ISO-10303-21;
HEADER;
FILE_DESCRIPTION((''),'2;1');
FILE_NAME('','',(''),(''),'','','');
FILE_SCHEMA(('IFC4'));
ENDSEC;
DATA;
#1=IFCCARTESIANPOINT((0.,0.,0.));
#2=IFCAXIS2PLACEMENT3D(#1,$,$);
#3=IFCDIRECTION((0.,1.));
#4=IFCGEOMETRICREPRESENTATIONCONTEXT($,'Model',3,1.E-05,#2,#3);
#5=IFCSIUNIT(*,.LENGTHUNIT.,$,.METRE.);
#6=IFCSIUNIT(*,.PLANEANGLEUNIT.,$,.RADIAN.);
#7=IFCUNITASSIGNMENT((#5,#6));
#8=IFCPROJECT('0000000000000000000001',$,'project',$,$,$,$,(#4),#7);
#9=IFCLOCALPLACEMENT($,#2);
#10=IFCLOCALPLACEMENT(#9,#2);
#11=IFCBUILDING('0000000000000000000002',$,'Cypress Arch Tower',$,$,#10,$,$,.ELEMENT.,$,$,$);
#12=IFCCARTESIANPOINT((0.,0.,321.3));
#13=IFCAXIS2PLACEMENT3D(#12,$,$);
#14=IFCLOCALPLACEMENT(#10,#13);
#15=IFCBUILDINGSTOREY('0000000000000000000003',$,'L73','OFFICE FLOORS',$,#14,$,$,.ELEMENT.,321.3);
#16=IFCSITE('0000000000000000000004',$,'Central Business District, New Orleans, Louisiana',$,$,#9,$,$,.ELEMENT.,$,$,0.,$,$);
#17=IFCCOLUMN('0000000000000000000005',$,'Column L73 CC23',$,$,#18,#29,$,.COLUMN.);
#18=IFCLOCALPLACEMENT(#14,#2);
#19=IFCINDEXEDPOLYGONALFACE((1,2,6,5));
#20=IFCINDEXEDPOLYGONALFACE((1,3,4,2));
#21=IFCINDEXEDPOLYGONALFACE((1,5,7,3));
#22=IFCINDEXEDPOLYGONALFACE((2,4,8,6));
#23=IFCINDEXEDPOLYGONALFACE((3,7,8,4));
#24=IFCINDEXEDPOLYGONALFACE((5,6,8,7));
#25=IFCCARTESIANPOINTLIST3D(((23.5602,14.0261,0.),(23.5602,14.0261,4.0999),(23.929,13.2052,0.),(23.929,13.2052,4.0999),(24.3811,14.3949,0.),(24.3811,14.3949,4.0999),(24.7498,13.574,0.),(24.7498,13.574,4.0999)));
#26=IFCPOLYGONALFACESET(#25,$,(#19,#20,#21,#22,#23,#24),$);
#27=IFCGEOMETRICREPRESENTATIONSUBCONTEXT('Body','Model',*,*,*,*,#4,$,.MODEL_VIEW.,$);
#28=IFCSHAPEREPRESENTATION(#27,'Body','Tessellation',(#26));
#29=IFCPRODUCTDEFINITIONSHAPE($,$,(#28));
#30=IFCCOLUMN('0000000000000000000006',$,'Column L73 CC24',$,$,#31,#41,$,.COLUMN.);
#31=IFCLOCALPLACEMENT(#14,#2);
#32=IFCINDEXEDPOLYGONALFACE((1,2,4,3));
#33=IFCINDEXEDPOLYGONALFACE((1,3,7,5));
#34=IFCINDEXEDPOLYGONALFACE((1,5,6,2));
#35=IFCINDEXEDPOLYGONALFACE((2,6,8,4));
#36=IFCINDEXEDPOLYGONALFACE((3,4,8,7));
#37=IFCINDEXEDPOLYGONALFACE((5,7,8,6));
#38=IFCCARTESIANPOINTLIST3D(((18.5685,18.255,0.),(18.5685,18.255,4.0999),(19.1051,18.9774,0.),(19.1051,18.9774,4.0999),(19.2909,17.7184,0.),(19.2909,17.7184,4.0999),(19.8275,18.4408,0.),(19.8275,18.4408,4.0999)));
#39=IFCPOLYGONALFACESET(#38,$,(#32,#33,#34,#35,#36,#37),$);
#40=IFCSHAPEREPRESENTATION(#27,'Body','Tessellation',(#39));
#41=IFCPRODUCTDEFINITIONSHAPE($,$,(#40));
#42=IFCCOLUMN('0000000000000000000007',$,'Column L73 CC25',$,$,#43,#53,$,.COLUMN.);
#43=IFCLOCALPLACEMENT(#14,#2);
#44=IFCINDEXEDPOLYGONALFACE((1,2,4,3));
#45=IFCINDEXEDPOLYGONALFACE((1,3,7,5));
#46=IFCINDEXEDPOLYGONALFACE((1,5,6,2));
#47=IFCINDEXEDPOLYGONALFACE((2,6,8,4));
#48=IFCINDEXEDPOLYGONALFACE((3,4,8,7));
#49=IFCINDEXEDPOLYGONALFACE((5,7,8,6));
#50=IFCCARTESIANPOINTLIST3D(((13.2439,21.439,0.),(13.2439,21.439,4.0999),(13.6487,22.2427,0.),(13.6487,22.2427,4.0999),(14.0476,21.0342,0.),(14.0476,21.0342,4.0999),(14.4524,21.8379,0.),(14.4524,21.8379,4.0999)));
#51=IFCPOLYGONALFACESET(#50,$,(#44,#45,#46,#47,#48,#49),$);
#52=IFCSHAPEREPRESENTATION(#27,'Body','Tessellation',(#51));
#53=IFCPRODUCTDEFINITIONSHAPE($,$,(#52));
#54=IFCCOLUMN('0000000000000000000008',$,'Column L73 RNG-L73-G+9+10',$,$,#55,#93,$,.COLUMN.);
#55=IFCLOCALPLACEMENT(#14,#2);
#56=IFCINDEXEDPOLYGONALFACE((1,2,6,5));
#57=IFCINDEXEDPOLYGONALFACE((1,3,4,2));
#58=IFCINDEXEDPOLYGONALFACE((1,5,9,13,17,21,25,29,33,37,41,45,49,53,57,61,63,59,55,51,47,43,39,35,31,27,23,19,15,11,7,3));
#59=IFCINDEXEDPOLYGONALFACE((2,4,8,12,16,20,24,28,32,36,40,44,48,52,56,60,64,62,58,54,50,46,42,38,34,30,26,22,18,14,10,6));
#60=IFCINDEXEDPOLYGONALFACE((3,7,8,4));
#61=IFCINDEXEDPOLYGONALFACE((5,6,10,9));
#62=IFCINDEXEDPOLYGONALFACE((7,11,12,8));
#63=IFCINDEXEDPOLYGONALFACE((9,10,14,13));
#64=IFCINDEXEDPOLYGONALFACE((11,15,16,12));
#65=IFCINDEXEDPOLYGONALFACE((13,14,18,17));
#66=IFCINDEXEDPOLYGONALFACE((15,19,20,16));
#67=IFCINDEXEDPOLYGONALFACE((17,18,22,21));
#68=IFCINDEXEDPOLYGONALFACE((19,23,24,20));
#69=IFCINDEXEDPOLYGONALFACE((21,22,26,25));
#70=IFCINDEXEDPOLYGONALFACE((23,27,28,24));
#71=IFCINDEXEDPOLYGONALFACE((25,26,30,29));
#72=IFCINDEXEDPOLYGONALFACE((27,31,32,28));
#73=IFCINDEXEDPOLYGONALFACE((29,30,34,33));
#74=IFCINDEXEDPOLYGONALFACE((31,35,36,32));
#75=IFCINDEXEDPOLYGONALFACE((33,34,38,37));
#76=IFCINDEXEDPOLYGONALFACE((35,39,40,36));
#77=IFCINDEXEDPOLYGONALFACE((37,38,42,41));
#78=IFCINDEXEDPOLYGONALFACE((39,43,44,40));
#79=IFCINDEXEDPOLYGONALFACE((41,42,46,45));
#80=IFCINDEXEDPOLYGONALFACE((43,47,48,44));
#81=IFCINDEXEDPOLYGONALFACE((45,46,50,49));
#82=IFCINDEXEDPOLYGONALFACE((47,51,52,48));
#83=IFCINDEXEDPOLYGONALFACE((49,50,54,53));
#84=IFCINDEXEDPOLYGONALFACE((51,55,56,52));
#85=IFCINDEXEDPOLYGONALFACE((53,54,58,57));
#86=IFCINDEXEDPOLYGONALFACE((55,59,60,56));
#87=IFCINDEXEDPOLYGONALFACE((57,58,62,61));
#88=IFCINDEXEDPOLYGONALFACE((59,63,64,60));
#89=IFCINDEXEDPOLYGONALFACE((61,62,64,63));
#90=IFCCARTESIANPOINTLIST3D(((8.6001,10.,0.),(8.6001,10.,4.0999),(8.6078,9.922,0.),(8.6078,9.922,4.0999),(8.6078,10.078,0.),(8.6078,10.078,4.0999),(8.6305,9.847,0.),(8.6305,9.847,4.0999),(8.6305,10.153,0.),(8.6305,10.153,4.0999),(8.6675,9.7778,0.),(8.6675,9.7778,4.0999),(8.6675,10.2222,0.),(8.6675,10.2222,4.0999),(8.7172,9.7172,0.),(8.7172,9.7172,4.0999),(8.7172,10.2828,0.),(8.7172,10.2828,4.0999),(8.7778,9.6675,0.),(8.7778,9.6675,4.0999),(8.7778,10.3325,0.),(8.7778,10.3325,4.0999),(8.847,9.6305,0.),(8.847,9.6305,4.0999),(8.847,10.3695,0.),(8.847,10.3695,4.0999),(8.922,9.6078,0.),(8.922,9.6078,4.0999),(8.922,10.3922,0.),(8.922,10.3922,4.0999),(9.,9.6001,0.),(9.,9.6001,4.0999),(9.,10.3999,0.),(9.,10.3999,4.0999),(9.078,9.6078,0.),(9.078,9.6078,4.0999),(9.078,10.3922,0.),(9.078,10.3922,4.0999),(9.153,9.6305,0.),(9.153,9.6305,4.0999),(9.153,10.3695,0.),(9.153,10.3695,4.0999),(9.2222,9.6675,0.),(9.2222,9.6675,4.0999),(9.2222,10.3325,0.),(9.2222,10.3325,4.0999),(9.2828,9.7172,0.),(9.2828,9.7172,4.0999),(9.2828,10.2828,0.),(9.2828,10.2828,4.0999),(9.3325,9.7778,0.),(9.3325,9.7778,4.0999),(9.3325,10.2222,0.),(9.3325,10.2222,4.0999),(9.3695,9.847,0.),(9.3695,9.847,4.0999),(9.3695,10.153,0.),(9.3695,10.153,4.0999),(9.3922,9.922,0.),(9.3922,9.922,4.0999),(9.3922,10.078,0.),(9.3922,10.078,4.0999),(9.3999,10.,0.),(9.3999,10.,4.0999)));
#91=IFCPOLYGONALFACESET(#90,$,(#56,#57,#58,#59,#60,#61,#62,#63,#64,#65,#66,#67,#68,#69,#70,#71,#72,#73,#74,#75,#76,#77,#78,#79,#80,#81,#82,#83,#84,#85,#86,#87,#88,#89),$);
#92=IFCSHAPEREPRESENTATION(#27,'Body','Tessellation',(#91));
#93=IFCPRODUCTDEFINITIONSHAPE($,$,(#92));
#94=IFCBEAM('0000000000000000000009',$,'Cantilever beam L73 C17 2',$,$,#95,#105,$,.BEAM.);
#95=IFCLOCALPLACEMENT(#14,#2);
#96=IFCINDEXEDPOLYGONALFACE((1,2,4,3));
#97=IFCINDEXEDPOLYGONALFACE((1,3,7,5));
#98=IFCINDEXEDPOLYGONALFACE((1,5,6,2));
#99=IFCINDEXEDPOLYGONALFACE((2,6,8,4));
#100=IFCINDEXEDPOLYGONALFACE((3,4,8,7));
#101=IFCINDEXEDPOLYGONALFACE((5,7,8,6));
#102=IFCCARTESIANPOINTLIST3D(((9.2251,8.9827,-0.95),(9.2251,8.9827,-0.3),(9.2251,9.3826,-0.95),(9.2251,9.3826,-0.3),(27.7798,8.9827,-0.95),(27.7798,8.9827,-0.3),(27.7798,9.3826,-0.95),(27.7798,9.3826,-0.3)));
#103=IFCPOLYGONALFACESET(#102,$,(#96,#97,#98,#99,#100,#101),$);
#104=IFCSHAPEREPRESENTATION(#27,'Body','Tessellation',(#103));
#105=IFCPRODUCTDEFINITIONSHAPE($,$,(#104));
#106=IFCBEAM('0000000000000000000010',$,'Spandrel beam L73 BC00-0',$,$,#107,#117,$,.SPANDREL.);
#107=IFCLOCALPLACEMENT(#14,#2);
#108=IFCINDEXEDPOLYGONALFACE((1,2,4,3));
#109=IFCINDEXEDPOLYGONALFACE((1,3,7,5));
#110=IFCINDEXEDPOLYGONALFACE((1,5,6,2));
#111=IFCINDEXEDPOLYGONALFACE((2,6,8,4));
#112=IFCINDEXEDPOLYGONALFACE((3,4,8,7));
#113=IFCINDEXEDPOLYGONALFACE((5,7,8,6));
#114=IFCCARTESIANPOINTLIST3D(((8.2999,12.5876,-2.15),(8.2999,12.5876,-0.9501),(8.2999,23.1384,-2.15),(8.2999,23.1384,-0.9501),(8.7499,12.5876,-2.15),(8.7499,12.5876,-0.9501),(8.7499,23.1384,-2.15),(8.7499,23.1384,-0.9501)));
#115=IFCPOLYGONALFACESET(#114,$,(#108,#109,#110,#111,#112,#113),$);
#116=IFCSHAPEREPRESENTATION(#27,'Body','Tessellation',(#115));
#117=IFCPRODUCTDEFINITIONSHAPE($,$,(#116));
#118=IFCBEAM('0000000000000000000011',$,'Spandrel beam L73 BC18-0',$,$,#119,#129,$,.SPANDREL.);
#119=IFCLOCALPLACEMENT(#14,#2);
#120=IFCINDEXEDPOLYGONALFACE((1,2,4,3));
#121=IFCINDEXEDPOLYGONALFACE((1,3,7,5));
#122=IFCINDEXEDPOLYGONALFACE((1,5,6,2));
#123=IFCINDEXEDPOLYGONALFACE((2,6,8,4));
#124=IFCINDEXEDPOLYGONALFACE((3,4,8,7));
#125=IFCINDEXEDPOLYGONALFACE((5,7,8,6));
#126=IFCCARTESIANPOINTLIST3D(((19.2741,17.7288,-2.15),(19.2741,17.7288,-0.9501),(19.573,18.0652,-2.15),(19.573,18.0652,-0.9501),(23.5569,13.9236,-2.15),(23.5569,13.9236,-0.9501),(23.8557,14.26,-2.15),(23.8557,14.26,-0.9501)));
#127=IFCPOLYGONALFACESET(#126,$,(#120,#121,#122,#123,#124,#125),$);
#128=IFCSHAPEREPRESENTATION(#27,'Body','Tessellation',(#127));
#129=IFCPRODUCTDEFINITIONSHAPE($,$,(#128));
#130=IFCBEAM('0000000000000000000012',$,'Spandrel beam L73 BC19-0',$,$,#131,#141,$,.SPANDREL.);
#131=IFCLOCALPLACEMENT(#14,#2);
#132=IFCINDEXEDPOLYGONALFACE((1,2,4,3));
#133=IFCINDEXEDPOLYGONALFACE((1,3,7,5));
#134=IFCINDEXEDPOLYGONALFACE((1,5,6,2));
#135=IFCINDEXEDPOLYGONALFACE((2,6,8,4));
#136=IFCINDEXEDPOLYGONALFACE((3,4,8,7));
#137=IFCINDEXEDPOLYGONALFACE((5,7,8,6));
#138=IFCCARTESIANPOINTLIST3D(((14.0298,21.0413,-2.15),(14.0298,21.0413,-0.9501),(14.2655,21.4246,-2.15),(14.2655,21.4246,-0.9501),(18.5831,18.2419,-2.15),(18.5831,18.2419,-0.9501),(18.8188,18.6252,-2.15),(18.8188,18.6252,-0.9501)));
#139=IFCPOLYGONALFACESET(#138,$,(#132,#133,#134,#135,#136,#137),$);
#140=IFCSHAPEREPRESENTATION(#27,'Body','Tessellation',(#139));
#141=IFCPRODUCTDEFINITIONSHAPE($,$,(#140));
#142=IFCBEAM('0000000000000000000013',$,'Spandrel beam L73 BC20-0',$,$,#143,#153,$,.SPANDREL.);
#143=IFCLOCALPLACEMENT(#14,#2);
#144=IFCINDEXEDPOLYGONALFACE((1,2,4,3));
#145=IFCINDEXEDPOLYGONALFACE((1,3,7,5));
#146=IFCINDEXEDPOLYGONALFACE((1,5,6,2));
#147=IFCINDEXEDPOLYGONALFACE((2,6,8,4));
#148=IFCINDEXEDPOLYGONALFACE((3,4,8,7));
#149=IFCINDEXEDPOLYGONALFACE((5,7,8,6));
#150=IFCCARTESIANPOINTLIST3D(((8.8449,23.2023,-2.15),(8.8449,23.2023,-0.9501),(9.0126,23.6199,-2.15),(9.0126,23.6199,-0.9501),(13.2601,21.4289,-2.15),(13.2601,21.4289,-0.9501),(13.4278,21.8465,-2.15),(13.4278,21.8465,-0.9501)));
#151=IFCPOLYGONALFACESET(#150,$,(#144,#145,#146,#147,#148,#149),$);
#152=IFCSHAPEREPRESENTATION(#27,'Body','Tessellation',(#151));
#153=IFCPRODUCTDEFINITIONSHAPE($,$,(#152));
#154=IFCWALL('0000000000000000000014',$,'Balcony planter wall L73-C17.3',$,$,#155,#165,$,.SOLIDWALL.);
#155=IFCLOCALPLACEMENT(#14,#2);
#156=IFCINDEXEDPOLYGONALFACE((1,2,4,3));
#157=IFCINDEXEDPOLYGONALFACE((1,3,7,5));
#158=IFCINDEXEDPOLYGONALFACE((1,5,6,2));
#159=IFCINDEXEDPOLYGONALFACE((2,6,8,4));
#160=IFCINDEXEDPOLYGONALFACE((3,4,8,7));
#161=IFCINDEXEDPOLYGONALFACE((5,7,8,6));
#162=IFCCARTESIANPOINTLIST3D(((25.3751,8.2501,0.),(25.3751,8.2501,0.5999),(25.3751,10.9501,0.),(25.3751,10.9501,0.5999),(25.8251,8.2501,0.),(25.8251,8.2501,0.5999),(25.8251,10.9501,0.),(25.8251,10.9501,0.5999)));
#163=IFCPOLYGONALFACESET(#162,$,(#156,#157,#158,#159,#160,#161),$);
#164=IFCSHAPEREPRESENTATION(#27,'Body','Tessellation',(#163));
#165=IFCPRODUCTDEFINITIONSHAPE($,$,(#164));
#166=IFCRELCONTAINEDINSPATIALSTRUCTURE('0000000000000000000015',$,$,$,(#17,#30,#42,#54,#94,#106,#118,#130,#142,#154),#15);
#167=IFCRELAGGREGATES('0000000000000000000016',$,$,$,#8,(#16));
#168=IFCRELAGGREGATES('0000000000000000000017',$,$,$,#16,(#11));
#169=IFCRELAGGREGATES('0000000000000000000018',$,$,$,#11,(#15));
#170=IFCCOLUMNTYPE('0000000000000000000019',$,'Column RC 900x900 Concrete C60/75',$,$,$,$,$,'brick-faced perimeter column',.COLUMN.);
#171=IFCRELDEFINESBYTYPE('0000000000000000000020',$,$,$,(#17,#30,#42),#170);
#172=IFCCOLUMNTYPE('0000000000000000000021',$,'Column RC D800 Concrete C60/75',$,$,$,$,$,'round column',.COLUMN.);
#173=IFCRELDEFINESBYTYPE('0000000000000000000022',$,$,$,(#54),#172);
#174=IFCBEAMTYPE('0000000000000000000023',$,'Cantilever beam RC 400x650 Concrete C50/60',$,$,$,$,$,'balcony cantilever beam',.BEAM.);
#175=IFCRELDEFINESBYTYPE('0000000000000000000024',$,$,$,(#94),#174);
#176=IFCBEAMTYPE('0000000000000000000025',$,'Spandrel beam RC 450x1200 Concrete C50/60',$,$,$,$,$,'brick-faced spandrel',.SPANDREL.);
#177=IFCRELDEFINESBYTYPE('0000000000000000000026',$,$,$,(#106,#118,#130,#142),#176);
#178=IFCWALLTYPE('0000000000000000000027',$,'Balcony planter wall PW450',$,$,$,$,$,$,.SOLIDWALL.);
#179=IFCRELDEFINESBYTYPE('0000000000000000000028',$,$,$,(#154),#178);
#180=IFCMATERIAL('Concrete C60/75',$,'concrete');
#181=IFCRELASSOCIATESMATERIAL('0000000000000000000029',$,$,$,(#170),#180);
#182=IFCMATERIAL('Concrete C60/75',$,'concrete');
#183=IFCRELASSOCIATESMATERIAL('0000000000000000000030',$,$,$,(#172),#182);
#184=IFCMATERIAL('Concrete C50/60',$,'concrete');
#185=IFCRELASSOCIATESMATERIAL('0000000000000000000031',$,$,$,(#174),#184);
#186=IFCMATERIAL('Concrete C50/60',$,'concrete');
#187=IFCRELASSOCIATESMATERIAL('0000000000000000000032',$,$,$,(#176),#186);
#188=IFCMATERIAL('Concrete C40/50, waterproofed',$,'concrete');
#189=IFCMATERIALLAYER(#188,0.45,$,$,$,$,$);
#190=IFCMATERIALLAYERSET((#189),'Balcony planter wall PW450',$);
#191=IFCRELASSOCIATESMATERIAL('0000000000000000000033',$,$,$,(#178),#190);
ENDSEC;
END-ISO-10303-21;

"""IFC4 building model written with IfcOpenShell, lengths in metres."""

from ifc_helpers import new_model, si_unit, direction, frame, frame_2d, origin, origin_2d, place, context, subcontext, project, spatial, rectangle, circle, extrude, material, layer, layer_set, material_profile, profile_set, type_object, element, save


model = new_model("IFC4")

# Units and contexts
model_context = context("Model", 3, precision=1e-05, world=origin(), true_north=direction((0.0, 1.0)))
body_context = subcontext(model_context, "Body", "Model", "MODEL_VIEW")
ifc_project = project(units=[si_unit("LENGTHUNIT", "METRE"), si_unit("PLANEANGLEUNIT", "RADIAN")], contexts=[model_context])

# Site, building, storey
site_placement = place(None, origin())
site = spatial("IfcSite", under=ifc_project, at=site_placement, Name="Central Business District, New Orleans, Louisiana", CompositionType="ELEMENT", RefElevation=0.0)
building_placement = place(site_placement, origin())
building = spatial("IfcBuilding", under=site, at=building_placement, Name="Cypress Arch Tower", CompositionType="ELEMENT")
storey_placement = place(building_placement, frame((0.0, 0.0, 321.3)))
storey = spatial("IfcBuildingStorey", under=building, at=storey_placement, Name="L73", Description="OFFICE FLOORS", CompositionType="ELEMENT", Elevation=321.3)

# Columns
ifc_material_1 = material(Name="Concrete C60/75", Category="concrete")
ifc_material_profile_1 = material_profile(ifc_material_1, rectangle(XDim=0.8999, YDim=0.8999, at=origin_2d()), Name="RC 900x900")
ifc_profile_set_1 = profile_set([ifc_material_profile_1], Name="Concrete C60/75")
column_type_1 = type_object("IfcColumnType", Name="Column RC 900x900 Concrete C60/75", ElementType="brick-faced perimeter column", PredefinedType="COLUMN", material=ifc_profile_set_1)
for number, where, z_axis, x_axis, name in (
    (1, (24.155, 13.8, 0.0), (0.0, 0.0, 1.0), (-0.409765, 0.912191, 0.0), "Column L73 CC23"),
    (2, (19.198, 18.3479, 0.0), (0.0, 0.0, 1.0), (-0.802799, 0.59625, 0.0), "Column L73 CC24"),
    (3, (13.8481, 21.6384, 0.0), (0.0, 0.0, 1.0), (-0.893106, 0.449845, 0.0), "Column L73 CC25"),
):
    element("IfcColumn", number, at=place(storey_placement, frame(where, z_axis=z_axis, x_axis=x_axis)), inside=storey, type_object=column_type_1, Name=name, PredefinedType="COLUMN", context=body_context, shape_type="SweptSolid", body=[
        extrude(rectangle(XDim=0.8999, YDim=0.8999, at=origin_2d()), origin(), (0.0, 0.0, 1.0), 4.0999),
    ])
ifc_material_2 = material(Name="Concrete C60/75", Category="concrete")
ifc_material_profile_2 = material_profile(ifc_material_2, circle(Radius=0.3999, at=origin_2d()), Name="RC D800")
ifc_profile_set_2 = profile_set([ifc_material_profile_2], Name="Concrete C60/75")
column_type_2 = type_object("IfcColumnType", Name="Column RC D800 Concrete C60/75", ElementType="round column", PredefinedType="COLUMN", material=ifc_profile_set_2)
column_placement = place(storey_placement, frame((9.0, 10.0, 0.0), z_axis=(0.0, 0.0, 1.0), x_axis=(1.0, 0.0, 0.0)))
element("IfcColumn", 4, at=column_placement, inside=storey, type_object=column_type_2, Name="Column L73 RNG-L73-G+9+10", PredefinedType="COLUMN", context=body_context, shape_type="SweptSolid", body=[
    extrude(circle(Radius=0.3999, at=origin_2d()), origin(), (0.0, 0.0, 1.0), 4.0999),
])

# Beams
ifc_material_3 = material(Name="Concrete C50/60", Category="concrete")
ifc_material_profile_3 = material_profile(ifc_material_3, rectangle(XDim=0.3999, YDim=0.6499, at=origin_2d()), Name="RC 400x650")
ifc_profile_set_3 = profile_set([ifc_material_profile_3], Name="Concrete C50/60")
beam_type_1 = type_object("IfcBeamType", Name="Cantilever beam RC 400x650 Concrete C50/60", ElementType="balcony cantilever beam", PredefinedType="BEAM", material=ifc_profile_set_3)
beam_1_placement = place(storey_placement, frame((9.2251, 9.1826, -0.625), z_axis=(1.0, 0.0, 0.0), x_axis=(0.0, 1.0, 0.0)))
element("IfcBeam", 5, at=beam_1_placement, inside=storey, type_object=beam_type_1, Name="Cantilever beam L73 C17 2", PredefinedType="BEAM", context=body_context, shape_type="SweptSolid", body=[
    extrude(rectangle(XDim=0.3999, YDim=0.6499, at=origin_2d()), origin(), (0.0, 0.0, 1.0), 18.5547),
])
ifc_material_4 = material(Name="Concrete C50/60", Category="concrete")
ifc_material_profile_4 = material_profile(ifc_material_4, rectangle(XDim=0.45, YDim=1.2, at=origin_2d()), Name="RC 450x1200")
ifc_profile_set_4 = profile_set([ifc_material_profile_4], Name="Concrete C50/60")
beam_type_2 = type_object("IfcBeamType", Name="Spandrel beam RC 450x1200 Concrete C50/60", ElementType="brick-faced spandrel", PredefinedType="SPANDREL", material=ifc_profile_set_4)
beam_2_placement = place(storey_placement, frame((8.5249, 23.1384, -1.55), z_axis=(0.0, -1.0, 0.0), x_axis=(1.0, 0.0, 0.0)))
element("IfcBeam", 6, at=beam_2_placement, inside=storey, type_object=beam_type_2, Name="Spandrel beam L73 BC00-0", PredefinedType="SPANDREL", context=body_context, shape_type="SweptSolid", body=[
    extrude(rectangle(XDim=0.45, YDim=1.2, at=origin_2d()), origin(), (0.0, 0.0, 1.0), 10.5508),
])
beam_3_placement = place(storey_placement, frame((23.7063, 14.0918, -1.55), z_axis=(-0.747555, 0.6642, 0.0), x_axis=(-0.6642, -0.747555, 0.0)))
element("IfcBeam", 7, at=beam_3_placement, inside=storey, type_object=beam_type_2, Name="Spandrel beam L73 BC18-0", PredefinedType="SPANDREL", context=body_context, shape_type="SweptSolid", body=[
    extrude(rectangle(XDim=0.45, YDim=1.2, at=origin_2d()), origin(), (0.0, 0.0, 1.0), 5.729),
])
beam_4_placement = place(storey_placement, frame((18.7009, 18.4336, -1.55), z_axis=(-0.851881, 0.523735, 0.0), x_axis=(-0.523735, -0.851881, 0.0)))
element("IfcBeam", 8, at=beam_4_placement, inside=storey, type_object=beam_type_2, Name="Spandrel beam L73 BC19-0", PredefinedType="SPANDREL", context=body_context, shape_type="SweptSolid", body=[
    extrude(rectangle(XDim=0.45, YDim=1.2, at=origin_2d()), origin(), (0.0, 0.0, 1.0), 5.345),
])
beam_5_placement = place(storey_placement, frame((13.344, 21.6377, -1.55), z_axis=(-0.927945, 0.372717, 0.0), x_axis=(-0.372717, -0.927945, 0.0)))
element("IfcBeam", 9, at=beam_5_placement, inside=storey, type_object=beam_type_2, Name="Spandrel beam L73 BC20-0", PredefinedType="SPANDREL", context=body_context, shape_type="SweptSolid", body=[
    extrude(rectangle(XDim=0.45, YDim=1.2, at=origin_2d()), origin(), (0.0, 0.0, 1.0), 4.7581),
])

# Wall
ifc_material_5 = material(Name="Concrete C40/50, waterproofed", Category="concrete")
ifc_layer_1 = layer(ifc_material_5, 0.45)
ifc_layer_set_1 = layer_set([ifc_layer_1], Name="Balcony planter wall PW450")
wall_type_1 = type_object("IfcWallType", Name="Balcony planter wall PW450", PredefinedType="SOLIDWALL", material=ifc_layer_set_1)
wall_1_placement = place(storey_placement, frame((25.6001, 8.25, 0.0), z_axis=(0.0, 0.0, 1.0), x_axis=(0.0, 1.0, 0.0)))
element("IfcWall", 10, at=wall_1_placement, inside=storey, type_object=wall_type_1, Name="Balcony planter wall L73-C17.3", PredefinedType="SOLIDWALL", context=body_context, shape_type="SweptSolid", body=[
    extrude(rectangle(XDim=2.7, YDim=0.45, at=frame_2d((1.3501, 0.0))), origin(), (0.0, 0.0, 1.0), 0.5999),
])

save(model, "model.ifc")
